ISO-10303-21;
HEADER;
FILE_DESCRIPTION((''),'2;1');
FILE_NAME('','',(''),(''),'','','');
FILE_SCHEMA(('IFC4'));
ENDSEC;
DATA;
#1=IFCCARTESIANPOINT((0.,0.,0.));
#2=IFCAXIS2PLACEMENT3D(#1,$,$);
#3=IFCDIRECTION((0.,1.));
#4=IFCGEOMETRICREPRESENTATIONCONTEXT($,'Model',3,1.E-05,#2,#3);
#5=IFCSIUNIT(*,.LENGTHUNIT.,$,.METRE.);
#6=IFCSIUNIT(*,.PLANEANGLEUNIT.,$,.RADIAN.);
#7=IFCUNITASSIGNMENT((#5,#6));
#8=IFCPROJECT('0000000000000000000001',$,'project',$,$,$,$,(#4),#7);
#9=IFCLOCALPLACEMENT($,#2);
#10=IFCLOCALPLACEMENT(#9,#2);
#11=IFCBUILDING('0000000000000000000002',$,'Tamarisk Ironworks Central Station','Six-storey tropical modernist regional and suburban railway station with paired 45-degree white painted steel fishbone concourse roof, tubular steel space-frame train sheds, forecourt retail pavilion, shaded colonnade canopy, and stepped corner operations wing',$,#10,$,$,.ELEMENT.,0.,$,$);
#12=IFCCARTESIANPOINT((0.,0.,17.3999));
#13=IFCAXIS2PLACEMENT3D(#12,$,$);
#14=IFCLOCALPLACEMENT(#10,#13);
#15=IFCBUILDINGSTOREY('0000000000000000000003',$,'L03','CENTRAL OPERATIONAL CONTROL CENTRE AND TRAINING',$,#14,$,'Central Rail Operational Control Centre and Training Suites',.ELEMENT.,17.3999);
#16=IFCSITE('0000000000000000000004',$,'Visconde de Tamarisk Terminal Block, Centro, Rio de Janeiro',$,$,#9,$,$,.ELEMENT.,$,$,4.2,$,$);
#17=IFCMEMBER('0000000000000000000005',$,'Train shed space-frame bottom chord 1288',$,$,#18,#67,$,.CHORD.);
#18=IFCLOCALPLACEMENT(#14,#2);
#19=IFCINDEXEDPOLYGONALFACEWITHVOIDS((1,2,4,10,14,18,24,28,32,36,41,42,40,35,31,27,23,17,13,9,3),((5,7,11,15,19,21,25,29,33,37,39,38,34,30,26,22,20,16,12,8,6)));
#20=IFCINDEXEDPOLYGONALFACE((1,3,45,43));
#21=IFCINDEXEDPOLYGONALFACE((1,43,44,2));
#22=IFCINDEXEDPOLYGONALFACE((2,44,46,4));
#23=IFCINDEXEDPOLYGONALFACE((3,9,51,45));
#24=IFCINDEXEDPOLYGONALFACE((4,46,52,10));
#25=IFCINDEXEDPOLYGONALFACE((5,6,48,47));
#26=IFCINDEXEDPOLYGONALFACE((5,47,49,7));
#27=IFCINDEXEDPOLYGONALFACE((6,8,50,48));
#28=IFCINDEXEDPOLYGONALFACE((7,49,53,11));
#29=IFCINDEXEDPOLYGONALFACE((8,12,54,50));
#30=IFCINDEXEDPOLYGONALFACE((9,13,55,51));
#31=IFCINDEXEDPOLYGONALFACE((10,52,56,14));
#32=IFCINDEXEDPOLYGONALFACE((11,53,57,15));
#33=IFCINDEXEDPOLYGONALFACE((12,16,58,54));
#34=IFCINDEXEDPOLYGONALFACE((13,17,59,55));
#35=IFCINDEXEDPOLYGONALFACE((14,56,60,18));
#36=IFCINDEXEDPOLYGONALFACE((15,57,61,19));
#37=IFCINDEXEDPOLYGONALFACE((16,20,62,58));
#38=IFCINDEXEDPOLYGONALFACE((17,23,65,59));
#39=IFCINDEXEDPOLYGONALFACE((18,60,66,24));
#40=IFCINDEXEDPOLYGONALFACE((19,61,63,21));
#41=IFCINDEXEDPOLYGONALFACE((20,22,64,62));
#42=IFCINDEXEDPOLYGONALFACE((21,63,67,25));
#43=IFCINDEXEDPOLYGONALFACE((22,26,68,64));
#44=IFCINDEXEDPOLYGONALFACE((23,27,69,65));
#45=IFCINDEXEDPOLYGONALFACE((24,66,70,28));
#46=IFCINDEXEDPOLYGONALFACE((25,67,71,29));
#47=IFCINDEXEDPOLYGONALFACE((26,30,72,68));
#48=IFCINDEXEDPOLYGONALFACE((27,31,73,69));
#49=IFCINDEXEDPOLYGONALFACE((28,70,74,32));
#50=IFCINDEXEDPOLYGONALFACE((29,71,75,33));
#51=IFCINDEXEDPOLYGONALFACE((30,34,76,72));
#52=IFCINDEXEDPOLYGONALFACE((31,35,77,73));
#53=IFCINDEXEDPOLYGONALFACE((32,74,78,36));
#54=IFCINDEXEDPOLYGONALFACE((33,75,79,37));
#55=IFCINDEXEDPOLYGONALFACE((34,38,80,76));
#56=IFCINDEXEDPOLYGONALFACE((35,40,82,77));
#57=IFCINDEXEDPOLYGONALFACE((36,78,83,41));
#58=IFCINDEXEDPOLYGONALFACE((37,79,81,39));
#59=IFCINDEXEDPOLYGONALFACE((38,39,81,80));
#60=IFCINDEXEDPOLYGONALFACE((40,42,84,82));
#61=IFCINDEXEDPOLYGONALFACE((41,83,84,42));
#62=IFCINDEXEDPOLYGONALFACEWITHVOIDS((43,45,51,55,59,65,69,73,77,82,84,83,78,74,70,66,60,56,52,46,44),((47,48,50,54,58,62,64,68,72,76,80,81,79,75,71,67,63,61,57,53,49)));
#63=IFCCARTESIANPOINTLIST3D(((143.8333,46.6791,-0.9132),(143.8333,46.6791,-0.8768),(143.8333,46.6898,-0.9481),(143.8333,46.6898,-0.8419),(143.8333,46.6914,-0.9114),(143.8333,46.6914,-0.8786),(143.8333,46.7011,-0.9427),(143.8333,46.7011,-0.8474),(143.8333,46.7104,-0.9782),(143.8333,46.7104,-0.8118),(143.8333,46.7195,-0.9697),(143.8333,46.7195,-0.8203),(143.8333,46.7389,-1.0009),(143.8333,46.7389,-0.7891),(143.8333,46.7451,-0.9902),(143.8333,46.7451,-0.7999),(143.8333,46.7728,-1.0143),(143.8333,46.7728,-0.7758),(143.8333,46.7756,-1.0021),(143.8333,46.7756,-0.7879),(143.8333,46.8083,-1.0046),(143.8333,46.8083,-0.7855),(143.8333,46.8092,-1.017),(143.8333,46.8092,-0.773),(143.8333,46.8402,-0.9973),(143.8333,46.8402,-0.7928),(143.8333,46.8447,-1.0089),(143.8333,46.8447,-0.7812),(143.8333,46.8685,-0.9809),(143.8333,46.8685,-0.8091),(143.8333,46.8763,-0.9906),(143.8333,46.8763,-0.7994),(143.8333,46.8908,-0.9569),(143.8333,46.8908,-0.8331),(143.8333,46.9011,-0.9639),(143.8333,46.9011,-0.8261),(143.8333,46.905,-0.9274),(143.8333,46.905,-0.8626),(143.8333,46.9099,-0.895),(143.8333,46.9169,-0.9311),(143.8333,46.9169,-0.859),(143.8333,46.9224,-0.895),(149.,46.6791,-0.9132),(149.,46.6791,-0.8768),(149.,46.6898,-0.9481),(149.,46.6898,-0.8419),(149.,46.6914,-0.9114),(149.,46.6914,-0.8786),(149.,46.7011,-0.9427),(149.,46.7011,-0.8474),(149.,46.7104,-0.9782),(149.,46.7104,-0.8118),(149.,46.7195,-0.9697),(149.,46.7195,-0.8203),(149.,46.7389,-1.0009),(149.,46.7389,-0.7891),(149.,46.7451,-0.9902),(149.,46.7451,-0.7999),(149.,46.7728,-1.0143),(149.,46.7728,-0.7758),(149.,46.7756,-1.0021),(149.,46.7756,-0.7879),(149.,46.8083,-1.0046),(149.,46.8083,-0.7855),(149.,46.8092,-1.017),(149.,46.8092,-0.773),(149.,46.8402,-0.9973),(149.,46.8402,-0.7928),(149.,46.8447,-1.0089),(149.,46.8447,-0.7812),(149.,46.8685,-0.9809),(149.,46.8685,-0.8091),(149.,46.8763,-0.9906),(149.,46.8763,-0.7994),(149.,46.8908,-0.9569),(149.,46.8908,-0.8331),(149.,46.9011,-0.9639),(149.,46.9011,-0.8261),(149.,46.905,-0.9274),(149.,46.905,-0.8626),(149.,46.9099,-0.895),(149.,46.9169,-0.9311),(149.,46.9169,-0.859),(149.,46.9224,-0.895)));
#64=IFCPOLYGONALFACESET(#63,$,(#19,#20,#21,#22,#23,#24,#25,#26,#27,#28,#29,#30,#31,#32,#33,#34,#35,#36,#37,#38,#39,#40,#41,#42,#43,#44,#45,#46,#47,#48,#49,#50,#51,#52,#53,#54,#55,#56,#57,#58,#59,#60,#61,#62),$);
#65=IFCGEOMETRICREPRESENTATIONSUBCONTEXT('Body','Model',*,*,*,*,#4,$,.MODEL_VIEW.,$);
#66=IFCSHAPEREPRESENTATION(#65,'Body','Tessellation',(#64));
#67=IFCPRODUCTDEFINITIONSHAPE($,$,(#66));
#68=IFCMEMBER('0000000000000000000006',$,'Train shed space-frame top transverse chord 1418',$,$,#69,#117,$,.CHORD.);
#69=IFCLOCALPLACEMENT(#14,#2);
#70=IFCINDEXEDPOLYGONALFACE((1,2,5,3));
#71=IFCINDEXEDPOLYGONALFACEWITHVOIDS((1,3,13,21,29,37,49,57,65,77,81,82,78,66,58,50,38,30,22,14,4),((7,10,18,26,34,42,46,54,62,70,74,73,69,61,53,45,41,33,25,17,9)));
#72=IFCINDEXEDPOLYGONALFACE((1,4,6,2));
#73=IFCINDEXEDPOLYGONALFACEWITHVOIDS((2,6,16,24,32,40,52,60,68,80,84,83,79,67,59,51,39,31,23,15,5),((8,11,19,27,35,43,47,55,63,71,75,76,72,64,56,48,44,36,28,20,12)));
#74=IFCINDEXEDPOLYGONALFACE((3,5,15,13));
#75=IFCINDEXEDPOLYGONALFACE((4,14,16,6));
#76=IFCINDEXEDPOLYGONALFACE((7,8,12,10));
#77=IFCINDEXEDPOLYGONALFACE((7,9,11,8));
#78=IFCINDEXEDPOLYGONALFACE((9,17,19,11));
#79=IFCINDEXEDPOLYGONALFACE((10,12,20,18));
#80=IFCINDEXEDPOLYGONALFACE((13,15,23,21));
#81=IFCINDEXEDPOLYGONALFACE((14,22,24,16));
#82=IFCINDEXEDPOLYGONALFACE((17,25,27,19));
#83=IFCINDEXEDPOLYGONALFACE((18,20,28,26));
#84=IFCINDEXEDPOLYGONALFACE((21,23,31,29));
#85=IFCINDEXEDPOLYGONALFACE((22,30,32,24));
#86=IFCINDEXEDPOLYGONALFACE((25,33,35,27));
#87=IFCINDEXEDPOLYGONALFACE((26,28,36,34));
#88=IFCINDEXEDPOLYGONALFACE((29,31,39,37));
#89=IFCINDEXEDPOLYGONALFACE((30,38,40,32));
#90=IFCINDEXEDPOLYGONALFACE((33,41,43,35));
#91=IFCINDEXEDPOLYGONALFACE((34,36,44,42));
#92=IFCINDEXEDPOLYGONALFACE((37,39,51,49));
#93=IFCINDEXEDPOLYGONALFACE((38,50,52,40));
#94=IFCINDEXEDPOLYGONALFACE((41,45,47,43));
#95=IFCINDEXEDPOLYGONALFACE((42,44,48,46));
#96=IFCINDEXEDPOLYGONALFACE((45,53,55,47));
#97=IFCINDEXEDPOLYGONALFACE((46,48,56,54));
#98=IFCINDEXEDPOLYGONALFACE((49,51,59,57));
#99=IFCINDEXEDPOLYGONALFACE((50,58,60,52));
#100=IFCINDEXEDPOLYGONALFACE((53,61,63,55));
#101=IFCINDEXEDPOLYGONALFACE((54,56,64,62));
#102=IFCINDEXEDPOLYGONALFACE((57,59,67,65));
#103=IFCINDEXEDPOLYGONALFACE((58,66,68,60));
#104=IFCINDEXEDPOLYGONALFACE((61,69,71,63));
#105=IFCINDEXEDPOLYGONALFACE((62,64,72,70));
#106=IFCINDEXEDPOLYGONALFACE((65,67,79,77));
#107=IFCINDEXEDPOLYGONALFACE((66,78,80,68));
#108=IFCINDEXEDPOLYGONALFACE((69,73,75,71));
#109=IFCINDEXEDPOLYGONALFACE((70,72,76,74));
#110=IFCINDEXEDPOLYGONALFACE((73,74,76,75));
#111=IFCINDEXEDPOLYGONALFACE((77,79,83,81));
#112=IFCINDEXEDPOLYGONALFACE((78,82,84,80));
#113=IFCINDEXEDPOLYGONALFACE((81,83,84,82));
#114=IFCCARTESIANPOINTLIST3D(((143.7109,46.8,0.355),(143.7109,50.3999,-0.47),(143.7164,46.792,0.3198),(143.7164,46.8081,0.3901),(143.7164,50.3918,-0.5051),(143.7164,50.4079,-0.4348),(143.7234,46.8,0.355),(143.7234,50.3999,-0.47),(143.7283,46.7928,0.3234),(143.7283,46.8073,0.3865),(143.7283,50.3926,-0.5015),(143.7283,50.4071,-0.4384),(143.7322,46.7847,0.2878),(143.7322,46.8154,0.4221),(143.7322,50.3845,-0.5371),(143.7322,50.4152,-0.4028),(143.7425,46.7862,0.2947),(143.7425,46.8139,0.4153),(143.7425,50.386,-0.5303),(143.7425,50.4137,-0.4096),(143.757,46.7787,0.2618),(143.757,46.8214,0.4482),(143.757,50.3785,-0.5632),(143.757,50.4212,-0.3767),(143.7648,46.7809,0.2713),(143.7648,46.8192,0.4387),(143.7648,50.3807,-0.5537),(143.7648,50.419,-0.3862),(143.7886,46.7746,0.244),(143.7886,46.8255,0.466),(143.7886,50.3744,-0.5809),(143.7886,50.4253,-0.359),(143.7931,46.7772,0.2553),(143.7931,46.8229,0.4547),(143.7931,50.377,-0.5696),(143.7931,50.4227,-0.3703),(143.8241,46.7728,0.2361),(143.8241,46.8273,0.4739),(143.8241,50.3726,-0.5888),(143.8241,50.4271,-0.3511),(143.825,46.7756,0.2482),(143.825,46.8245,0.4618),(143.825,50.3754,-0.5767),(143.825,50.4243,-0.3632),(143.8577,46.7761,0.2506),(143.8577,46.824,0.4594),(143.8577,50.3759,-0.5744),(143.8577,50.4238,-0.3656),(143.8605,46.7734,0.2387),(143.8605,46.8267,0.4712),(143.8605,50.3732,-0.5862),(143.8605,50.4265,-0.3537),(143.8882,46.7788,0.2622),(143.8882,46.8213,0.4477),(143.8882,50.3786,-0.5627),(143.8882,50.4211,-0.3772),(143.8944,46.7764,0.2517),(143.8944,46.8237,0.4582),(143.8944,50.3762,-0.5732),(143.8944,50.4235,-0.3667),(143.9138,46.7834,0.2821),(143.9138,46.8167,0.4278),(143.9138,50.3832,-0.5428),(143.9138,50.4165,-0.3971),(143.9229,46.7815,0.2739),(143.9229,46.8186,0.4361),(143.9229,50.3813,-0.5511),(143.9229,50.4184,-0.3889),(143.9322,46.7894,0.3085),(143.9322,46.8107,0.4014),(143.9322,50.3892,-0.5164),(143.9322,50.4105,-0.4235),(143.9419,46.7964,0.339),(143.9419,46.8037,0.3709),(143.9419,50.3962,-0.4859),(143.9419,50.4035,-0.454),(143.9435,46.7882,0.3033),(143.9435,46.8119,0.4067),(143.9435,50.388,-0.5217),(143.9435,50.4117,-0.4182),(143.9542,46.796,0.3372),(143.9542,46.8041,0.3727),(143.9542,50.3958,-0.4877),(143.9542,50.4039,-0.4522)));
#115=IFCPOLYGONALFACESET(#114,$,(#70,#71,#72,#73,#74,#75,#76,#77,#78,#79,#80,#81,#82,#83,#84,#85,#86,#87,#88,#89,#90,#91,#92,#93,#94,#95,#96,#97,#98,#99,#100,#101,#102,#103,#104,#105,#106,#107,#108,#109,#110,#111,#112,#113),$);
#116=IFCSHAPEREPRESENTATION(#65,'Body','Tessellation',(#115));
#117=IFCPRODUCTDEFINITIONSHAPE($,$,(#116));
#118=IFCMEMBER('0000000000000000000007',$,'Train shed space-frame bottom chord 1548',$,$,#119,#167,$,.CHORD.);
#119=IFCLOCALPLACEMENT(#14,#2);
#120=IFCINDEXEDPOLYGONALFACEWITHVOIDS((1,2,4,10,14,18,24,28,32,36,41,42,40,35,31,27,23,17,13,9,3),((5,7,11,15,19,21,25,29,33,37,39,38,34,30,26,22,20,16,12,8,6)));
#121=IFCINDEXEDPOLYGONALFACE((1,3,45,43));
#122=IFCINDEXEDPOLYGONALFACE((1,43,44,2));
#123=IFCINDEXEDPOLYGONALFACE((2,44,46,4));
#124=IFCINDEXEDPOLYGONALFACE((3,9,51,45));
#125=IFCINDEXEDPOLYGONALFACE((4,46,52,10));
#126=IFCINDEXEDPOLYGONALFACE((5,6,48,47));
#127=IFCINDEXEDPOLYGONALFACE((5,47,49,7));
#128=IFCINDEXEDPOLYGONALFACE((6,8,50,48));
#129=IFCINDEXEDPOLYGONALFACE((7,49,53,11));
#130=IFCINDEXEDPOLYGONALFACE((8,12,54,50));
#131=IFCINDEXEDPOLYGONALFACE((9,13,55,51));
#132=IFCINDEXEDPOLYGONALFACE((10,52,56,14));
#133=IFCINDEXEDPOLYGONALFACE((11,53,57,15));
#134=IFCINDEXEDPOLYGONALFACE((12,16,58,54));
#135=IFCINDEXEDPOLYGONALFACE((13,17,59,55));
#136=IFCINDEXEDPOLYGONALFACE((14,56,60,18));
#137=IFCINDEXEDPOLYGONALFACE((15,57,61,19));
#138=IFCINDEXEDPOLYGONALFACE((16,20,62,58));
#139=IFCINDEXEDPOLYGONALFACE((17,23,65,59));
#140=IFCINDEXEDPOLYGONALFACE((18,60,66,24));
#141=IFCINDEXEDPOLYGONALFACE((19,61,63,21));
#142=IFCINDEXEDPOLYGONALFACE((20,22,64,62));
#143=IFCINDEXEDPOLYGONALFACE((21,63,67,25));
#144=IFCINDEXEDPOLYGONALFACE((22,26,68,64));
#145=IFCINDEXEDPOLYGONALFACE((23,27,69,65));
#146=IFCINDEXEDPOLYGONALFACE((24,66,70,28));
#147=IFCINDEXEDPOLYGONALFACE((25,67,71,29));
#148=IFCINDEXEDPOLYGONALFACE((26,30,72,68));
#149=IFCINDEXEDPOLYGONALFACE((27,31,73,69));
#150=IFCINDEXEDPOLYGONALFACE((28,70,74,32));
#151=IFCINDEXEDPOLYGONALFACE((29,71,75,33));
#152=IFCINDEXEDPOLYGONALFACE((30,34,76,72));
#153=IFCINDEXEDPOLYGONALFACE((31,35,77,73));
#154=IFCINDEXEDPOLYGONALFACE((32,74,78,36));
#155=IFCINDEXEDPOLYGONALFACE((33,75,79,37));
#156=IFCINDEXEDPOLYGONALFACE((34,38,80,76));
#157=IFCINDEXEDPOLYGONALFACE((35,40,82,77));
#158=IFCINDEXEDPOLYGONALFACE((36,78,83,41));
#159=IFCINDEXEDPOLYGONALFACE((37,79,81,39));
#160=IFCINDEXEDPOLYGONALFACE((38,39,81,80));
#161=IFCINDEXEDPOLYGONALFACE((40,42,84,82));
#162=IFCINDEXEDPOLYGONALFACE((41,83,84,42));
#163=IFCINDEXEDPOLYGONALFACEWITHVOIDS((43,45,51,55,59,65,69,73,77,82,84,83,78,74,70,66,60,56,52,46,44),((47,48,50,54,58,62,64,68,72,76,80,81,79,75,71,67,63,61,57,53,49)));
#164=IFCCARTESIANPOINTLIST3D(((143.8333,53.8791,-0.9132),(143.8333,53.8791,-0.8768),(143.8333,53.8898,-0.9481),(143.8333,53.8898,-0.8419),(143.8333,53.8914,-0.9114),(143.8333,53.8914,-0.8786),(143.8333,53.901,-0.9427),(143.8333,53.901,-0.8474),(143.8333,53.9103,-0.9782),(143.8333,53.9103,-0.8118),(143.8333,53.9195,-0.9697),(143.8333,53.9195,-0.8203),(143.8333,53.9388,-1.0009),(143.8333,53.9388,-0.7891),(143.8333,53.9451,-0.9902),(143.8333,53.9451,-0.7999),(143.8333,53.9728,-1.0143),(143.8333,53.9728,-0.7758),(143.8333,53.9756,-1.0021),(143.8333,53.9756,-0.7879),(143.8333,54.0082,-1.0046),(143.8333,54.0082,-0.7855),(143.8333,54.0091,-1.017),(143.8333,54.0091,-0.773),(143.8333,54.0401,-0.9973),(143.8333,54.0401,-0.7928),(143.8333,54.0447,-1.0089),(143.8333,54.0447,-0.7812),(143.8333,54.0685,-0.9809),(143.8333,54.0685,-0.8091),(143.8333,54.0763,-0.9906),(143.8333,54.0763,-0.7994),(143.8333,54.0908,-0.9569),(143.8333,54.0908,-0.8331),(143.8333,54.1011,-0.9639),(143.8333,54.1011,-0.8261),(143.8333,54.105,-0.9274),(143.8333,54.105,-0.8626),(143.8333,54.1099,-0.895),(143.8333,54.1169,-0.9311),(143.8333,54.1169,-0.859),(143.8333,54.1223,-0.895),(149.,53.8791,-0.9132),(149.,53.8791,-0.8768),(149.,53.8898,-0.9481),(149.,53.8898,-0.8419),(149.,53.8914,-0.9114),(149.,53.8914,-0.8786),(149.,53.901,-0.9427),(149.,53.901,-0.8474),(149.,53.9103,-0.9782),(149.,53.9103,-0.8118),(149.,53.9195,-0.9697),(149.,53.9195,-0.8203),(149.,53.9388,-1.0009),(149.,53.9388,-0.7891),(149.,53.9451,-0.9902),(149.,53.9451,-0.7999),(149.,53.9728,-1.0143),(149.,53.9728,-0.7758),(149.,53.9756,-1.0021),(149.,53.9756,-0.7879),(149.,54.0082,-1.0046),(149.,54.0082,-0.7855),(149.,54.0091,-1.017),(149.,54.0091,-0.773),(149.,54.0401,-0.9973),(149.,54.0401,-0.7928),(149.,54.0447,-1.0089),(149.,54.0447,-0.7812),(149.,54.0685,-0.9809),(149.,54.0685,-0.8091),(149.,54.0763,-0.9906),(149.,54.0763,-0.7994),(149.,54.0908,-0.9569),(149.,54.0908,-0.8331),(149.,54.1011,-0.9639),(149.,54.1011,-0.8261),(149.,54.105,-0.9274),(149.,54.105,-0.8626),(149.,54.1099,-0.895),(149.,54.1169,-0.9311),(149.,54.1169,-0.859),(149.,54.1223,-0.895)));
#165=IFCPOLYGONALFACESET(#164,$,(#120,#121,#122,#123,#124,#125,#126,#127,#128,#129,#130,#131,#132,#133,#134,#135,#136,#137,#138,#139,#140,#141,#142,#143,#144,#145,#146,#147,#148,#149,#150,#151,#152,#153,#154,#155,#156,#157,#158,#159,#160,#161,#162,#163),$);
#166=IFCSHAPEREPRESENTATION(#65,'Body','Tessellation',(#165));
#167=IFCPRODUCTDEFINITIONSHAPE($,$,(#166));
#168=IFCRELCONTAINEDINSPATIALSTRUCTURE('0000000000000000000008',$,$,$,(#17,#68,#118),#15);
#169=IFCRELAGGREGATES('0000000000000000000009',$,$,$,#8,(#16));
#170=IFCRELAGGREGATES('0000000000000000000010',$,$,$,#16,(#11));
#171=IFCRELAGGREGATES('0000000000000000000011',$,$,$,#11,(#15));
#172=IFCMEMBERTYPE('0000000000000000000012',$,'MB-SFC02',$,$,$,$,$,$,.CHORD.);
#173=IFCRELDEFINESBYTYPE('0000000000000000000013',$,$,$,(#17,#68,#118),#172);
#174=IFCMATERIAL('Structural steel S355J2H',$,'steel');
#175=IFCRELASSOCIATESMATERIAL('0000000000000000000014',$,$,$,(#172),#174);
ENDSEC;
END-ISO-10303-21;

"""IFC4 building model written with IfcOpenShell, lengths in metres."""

from ifc_helpers import new_model, si_unit, direction, frame, origin, origin_2d, place, context, subcontext, project, spatial, hollow_circle, extrude, material, material_profile, profile_set, type_object, element, save


model = new_model("IFC4")

# Units and contexts
model_context = context("Model", 3, precision=1e-05, world=origin(), true_north=direction((0.0, 1.0)))
body_context = subcontext(model_context, "Body", "Model", "MODEL_VIEW")
ifc_project = project(units=[si_unit("LENGTHUNIT", "METRE"), si_unit("PLANEANGLEUNIT", "RADIAN")], contexts=[model_context])

# Site, building, storey
site_placement = place(None, origin())
site = spatial("IfcSite", under=ifc_project, at=site_placement, Name="Visconde de Tamarisk Terminal Block, Centro, Rio de Janeiro", CompositionType="ELEMENT", RefElevation=4.2)
building_placement = place(site_placement, origin())
building = spatial("IfcBuilding", under=site, at=building_placement, Name="Tamarisk Ironworks Central Station", Description="Six-storey tropical modernist regional and suburban railway station with paired 45-degree white painted steel fishbone concourse roof, tubular steel space-frame train sheds, forecourt retail pavilion, shaded colonnade canopy, and stepped corner operations wing", CompositionType="ELEMENT", ElevationOfRefHeight=0.0)
storey_placement = place(building_placement, frame((0.0, 0.0, 17.3999)))
storey = spatial("IfcBuildingStorey", under=building, at=storey_placement, Name="L03", Description="CENTRAL OPERATIONAL CONTROL CENTRE AND TRAINING", LongName="Central Rail Operational Control Centre and Training Suites", CompositionType="ELEMENT", Elevation=17.3999)

# Members
ifc_material_1 = material(Name="Structural steel S355J2H", Category="steel")
ifc_material_profile_1 = material_profile(ifc_material_1, hollow_circle(Radius=0.1223, WallThickness=0.0125, at=origin_2d()), Name="CHS 244.5x12.5")
ifc_profile_set_1 = profile_set([ifc_material_profile_1], Name="Structural steel S355J2H")
member_type_1 = type_object("IfcMemberType", Name="MB-SFC02", PredefinedType="CHORD", material=ifc_profile_set_1)
member_1_placement = place(storey_placement, frame((143.8333, 46.8, -0.895), z_axis=(1.0, 0.0, 0.0), x_axis=(0.0, 1.0, 0.0)))
element("IfcMember", 1, at=member_1_placement, inside=storey, type_object=member_type_1, Name="Train shed space-frame bottom chord 1288", PredefinedType="CHORD", context=body_context, shape_type="SweptSolid", body=[
    extrude(hollow_circle(Radius=0.1223, WallThickness=0.0125, at=origin_2d()), origin(), (0.0, 0.0, 1.0), 5.1667),
])
member_2_placement = place(storey_placement, frame((143.8333, 46.8, 0.355), z_axis=(0.0, 0.974733, -0.223372), x_axis=(-1.0, 0.0, 0.0)))
element("IfcMember", 2, at=member_2_placement, inside=storey, type_object=member_type_1, Name="Train shed space-frame top transverse chord 1418", PredefinedType="CHORD", context=body_context, shape_type="SweptSolid", body=[
    extrude(hollow_circle(Radius=0.1223, WallThickness=0.0125, at=origin_2d()), origin(), (0.0, 0.0, 1.0), 3.6931),
])
member_3_placement = place(storey_placement, frame((143.8333, 54.0, -0.895), z_axis=(1.0, 0.0, 0.0), x_axis=(0.0, 1.0, 0.0)))
element("IfcMember", 3, at=member_3_placement, inside=storey, type_object=member_type_1, Name="Train shed space-frame bottom chord 1548", PredefinedType="CHORD", context=body_context, shape_type="SweptSolid", body=[
    extrude(hollow_circle(Radius=0.1223, WallThickness=0.0125, at=origin_2d()), origin(), (0.0, 0.0, 1.0), 5.1667),
])

save(model, "model.ifc")
